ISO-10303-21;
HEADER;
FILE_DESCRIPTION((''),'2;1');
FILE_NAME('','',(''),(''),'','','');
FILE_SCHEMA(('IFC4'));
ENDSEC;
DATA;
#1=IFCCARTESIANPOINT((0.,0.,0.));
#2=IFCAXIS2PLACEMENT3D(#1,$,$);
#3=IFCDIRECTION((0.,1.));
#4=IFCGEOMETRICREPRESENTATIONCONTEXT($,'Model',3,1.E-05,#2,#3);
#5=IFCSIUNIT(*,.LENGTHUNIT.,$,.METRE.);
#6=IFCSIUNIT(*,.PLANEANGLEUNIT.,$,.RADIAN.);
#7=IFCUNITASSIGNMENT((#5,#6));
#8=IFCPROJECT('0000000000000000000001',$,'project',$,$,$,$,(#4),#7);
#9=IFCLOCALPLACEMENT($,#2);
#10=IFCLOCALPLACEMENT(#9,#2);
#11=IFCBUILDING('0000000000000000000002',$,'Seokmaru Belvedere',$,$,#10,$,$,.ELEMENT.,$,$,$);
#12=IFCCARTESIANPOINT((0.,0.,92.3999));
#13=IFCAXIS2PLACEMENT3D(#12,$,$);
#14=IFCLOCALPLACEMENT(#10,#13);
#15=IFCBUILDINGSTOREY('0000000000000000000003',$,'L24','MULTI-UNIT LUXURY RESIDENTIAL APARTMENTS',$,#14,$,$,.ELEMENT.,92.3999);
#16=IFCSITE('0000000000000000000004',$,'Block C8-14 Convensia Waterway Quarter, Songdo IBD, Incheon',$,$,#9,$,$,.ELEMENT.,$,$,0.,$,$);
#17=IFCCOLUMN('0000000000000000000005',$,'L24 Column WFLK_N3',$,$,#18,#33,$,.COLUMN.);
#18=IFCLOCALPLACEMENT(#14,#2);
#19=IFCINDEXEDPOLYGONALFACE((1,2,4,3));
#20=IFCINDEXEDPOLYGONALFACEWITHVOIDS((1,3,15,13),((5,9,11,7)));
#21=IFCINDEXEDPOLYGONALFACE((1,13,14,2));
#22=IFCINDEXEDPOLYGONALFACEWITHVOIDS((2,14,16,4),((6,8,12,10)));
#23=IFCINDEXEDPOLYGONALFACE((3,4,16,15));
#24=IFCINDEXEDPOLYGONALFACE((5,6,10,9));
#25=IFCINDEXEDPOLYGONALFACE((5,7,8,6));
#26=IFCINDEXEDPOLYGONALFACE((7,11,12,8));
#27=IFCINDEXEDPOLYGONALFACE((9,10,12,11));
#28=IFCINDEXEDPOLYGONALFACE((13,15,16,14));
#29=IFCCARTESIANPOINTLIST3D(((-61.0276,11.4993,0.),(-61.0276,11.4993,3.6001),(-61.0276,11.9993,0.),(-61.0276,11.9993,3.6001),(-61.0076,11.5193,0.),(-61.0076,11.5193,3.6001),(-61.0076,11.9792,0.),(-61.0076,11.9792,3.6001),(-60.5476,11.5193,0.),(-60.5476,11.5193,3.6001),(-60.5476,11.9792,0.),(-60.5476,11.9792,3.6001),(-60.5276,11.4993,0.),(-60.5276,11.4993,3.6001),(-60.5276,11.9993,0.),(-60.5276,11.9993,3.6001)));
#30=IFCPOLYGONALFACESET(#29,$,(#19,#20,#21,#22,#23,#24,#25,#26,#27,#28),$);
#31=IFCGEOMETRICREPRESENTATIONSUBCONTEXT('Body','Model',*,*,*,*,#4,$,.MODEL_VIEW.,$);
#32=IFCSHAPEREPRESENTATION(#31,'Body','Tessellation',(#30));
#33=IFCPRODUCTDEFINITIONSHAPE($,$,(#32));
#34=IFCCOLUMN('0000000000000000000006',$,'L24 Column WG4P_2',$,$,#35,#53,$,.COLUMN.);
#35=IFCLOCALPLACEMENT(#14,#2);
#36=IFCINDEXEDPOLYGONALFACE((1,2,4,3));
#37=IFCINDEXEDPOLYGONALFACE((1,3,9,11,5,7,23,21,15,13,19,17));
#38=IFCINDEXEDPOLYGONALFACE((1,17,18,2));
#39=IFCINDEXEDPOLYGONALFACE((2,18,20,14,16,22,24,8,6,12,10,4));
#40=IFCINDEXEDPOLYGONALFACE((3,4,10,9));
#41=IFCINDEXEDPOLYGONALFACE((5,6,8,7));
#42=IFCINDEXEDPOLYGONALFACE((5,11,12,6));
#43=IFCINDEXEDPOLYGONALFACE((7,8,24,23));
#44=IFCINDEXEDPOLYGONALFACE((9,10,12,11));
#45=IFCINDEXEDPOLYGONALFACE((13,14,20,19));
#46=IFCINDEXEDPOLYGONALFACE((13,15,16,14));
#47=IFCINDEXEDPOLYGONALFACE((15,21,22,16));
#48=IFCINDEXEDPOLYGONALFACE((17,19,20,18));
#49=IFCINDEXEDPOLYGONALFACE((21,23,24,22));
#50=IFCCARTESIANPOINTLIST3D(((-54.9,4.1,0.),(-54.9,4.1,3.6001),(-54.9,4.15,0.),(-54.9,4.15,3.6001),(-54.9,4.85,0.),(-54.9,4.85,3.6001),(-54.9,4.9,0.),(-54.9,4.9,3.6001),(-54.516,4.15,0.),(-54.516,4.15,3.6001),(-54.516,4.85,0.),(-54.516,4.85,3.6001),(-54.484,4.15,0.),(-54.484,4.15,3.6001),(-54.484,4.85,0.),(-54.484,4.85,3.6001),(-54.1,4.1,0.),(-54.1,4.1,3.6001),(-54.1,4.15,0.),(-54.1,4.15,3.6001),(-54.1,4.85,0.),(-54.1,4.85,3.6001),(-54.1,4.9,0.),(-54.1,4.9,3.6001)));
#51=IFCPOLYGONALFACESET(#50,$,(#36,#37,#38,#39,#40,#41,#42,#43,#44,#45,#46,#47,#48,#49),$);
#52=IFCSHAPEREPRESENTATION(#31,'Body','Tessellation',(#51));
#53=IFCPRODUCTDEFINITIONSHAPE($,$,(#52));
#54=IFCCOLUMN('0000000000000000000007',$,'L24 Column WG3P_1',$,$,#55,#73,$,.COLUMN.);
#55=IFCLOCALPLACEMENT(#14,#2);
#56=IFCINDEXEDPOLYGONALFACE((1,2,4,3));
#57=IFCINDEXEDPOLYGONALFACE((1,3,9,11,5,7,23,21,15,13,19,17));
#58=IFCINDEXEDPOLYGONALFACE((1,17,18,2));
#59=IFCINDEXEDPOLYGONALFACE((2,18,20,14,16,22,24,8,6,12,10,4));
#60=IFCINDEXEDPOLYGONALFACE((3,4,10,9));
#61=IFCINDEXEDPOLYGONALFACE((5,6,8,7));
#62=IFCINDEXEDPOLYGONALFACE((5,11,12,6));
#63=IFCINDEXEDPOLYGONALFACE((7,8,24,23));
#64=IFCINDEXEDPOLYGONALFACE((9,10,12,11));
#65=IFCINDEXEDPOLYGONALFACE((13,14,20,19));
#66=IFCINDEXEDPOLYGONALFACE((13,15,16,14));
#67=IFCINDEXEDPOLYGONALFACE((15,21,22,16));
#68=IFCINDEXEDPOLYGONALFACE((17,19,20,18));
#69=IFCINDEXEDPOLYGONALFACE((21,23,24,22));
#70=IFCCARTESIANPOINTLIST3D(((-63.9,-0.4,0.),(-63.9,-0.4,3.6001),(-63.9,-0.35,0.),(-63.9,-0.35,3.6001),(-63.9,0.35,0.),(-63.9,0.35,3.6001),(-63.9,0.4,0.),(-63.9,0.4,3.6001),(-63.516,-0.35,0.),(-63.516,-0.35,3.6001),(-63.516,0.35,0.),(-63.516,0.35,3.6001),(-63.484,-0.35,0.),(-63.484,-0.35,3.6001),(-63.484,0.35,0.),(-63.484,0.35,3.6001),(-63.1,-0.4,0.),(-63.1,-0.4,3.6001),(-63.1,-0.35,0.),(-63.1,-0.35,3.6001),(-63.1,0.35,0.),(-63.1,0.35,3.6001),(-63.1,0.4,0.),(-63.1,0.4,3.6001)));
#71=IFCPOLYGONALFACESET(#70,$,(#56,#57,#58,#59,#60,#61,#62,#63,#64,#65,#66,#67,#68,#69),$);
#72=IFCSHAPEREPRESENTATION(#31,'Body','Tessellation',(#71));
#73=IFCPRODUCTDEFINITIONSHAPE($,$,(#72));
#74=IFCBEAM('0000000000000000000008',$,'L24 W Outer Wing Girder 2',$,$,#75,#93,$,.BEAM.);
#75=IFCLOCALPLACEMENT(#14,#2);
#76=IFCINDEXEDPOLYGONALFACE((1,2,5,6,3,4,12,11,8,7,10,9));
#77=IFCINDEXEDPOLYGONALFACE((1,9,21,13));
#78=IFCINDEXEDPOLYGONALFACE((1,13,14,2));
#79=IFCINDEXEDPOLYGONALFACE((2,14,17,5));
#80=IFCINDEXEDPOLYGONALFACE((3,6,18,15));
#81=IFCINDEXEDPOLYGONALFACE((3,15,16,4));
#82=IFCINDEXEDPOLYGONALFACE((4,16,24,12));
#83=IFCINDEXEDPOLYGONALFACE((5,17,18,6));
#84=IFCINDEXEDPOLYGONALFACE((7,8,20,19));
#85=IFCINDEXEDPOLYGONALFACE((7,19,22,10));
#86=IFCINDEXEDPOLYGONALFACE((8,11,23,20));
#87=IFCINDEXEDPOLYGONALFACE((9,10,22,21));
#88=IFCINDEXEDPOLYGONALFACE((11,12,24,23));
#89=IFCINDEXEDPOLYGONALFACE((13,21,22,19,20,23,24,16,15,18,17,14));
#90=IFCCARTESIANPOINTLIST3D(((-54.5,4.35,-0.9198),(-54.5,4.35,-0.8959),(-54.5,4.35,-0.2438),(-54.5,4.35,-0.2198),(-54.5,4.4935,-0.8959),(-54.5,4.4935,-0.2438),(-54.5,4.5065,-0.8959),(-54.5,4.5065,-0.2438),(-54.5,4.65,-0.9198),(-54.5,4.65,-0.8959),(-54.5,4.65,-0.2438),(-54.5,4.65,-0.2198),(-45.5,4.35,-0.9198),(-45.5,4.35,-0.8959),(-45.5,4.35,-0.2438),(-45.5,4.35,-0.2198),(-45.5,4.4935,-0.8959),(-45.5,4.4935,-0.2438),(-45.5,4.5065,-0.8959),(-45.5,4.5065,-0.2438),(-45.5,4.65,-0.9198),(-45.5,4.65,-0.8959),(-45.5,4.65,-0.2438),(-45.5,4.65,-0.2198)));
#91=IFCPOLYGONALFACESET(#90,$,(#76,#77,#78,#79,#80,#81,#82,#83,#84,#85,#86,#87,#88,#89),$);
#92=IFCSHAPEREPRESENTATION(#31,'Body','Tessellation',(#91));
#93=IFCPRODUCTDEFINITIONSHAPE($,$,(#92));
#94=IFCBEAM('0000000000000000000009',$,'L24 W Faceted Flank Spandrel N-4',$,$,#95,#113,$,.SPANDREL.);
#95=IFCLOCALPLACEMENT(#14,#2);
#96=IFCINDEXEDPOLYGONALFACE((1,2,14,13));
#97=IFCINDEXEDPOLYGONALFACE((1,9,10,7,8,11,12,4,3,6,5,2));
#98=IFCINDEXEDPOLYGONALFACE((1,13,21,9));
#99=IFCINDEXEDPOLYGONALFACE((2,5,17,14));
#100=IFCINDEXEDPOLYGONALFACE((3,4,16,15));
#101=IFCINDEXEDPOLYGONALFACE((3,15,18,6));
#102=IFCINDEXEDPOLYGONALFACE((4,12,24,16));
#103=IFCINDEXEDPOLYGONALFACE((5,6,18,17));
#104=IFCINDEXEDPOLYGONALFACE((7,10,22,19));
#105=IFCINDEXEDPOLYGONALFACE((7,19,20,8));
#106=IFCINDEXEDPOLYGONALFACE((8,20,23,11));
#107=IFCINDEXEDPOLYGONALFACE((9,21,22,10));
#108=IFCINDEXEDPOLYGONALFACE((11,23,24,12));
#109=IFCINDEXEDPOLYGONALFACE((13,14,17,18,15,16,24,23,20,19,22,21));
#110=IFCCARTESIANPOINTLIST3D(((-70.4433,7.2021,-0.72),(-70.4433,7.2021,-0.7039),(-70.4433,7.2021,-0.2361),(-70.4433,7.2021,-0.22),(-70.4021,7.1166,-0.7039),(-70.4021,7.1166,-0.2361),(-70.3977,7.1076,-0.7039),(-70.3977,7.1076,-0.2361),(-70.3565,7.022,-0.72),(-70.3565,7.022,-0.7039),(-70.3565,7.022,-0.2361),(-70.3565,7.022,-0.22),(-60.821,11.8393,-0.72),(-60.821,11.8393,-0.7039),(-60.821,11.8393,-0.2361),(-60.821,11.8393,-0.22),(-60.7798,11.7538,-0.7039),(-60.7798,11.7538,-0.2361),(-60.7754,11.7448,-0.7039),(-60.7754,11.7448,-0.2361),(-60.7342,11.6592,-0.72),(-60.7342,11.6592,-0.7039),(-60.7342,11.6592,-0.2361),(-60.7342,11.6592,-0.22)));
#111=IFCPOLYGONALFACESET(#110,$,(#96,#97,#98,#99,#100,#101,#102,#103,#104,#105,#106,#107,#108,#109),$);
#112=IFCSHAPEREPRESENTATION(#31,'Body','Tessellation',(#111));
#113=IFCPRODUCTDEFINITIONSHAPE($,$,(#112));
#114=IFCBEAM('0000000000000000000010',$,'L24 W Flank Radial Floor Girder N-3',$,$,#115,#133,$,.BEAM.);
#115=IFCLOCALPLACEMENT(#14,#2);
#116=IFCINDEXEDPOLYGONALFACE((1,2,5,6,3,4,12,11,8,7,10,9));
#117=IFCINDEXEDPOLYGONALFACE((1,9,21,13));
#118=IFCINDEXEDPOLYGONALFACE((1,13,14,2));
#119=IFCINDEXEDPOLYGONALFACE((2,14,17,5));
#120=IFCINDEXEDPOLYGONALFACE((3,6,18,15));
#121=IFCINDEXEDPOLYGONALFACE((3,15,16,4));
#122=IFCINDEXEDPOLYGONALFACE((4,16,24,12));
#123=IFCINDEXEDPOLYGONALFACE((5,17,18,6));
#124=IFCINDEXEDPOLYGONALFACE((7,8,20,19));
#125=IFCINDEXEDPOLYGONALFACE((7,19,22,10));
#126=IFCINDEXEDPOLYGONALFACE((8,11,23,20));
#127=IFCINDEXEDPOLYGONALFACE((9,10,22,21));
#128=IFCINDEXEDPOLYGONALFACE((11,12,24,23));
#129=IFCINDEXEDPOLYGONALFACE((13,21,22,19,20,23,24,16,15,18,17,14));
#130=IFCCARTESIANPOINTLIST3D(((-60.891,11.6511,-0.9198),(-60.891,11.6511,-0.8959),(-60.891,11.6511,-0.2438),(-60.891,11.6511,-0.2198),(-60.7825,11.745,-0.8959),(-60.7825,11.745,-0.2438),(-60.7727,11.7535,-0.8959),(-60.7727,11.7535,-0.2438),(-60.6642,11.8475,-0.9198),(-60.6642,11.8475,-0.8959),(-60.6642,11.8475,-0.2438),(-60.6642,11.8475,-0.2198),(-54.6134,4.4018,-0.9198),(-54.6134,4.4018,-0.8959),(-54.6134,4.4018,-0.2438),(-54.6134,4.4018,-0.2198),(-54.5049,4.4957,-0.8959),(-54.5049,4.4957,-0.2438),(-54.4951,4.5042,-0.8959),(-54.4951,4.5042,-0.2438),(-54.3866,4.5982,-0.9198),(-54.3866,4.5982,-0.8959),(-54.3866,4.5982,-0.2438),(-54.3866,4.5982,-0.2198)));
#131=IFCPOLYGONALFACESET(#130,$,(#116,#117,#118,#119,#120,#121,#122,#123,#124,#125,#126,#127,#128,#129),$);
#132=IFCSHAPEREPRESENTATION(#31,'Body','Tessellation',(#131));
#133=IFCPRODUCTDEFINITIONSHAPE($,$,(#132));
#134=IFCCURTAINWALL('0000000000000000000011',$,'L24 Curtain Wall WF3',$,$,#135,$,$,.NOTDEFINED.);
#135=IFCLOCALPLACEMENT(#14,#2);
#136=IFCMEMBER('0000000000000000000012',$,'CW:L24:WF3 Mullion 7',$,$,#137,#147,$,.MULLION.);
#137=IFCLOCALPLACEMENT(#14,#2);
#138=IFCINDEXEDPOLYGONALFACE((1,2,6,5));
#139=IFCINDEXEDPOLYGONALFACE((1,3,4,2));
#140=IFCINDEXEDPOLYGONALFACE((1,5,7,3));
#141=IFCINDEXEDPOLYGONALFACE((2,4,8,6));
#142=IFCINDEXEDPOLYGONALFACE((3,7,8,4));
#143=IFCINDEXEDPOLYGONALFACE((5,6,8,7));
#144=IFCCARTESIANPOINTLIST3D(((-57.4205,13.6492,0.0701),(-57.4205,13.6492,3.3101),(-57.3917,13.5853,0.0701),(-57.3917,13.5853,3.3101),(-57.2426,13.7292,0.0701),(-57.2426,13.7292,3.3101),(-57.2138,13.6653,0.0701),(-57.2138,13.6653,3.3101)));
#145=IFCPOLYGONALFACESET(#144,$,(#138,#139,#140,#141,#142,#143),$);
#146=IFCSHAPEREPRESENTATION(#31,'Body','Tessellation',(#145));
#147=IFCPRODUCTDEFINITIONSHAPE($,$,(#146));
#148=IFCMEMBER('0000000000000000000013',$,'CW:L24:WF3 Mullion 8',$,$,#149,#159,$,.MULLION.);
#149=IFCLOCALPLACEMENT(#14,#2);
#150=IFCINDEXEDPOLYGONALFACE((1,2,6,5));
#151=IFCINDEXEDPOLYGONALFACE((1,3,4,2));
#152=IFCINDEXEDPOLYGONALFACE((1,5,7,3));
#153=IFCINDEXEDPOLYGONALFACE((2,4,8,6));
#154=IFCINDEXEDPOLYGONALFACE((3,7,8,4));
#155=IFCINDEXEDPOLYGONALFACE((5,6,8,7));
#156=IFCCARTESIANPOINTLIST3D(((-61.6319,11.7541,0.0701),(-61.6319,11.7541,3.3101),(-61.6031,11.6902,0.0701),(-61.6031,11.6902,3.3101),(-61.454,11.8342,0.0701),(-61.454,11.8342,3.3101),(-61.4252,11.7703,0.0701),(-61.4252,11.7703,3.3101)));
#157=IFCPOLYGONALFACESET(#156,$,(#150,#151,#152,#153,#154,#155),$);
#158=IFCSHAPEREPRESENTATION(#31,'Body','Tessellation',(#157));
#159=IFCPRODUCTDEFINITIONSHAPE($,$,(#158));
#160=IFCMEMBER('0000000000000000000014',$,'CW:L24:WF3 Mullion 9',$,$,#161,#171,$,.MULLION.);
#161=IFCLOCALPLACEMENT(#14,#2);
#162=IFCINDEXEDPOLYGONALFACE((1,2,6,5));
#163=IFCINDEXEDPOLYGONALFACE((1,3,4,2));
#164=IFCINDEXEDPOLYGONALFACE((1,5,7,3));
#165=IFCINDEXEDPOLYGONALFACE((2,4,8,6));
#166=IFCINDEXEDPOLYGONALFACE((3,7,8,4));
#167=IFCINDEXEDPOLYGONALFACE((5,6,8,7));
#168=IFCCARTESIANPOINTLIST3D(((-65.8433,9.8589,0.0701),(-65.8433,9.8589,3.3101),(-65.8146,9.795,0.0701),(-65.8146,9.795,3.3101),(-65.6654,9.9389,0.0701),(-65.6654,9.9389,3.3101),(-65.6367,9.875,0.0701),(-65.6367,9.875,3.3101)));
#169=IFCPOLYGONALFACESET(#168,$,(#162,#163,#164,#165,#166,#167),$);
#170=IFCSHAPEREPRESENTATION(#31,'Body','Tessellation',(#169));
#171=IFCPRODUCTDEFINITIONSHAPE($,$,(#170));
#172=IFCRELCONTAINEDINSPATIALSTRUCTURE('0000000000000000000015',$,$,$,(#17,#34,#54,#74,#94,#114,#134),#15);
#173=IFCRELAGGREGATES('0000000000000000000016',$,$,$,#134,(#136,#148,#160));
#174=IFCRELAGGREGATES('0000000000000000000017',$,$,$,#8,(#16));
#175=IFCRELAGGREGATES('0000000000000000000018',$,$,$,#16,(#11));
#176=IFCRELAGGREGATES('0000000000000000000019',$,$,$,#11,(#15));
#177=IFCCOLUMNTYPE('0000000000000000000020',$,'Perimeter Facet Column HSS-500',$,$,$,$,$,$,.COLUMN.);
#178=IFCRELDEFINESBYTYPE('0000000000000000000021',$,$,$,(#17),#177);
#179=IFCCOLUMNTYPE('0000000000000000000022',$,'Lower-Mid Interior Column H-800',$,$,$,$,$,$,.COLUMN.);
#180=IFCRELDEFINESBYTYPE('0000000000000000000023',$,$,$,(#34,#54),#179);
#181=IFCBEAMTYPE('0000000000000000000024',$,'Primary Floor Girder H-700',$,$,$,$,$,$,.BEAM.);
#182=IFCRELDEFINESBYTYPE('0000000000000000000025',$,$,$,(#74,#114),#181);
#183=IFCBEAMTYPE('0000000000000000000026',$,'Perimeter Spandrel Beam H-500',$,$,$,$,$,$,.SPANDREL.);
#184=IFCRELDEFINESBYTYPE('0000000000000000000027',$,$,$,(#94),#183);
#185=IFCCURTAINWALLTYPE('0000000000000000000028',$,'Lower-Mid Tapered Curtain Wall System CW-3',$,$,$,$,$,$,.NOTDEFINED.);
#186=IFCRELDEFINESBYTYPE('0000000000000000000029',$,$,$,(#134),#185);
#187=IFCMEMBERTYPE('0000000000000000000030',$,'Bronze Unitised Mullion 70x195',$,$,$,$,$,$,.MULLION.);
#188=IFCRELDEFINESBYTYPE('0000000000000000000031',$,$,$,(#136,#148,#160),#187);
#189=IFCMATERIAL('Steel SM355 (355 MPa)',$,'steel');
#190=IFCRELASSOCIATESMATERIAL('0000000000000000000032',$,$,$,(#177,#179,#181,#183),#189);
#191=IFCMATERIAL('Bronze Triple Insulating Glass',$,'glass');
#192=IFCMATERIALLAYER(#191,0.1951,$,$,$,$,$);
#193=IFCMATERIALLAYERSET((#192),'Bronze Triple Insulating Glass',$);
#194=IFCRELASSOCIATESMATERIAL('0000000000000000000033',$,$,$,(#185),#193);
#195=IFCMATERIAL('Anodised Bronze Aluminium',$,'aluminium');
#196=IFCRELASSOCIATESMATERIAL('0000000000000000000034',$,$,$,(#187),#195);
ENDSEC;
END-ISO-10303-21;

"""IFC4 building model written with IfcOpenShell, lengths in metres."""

from ifc_helpers import new_model, si_unit, direction, frame, origin, origin_2d, place, context, subcontext, project, spatial, rectangle, hollow_rectangle, i_section, extrude, source, transform, mapped, material, layer, layer_set, material_profile, profile_set, type_object, type_shapes, element, aggregate, save


model = new_model("IFC4")

# Units and contexts
model_context = context("Model", 3, precision=1e-05, world=origin(), true_north=direction((0.0, 1.0)))
body_context = subcontext(model_context, "Body", "Model", "MODEL_VIEW")
ifc_project = project(units=[si_unit("LENGTHUNIT", "METRE"), si_unit("PLANEANGLEUNIT", "RADIAN")], contexts=[model_context])

# Site, building, storey
site_placement = place(None, origin())
site = spatial("IfcSite", under=ifc_project, at=site_placement, Name="Block C8-14 Convensia Waterway Quarter, Songdo IBD, Incheon", CompositionType="ELEMENT", RefElevation=0.0)
building_placement = place(site_placement, origin())
building = spatial("IfcBuilding", under=site, at=building_placement, Name="Seokmaru Belvedere", CompositionType="ELEMENT")
storey_placement = place(building_placement, frame((0.0, 0.0, 92.3999)))
storey = spatial("IfcBuildingStorey", under=building, at=storey_placement, Name="L24", Description="MULTI-UNIT LUXURY RESIDENTIAL APARTMENTS", CompositionType="ELEMENT", Elevation=92.3999)

# Columns
ifc_material_1 = material(Name="Steel SM355 (355 MPa)", Category="steel")
ifc_material_profile_1 = material_profile(ifc_material_1, hollow_rectangle(XDim=0.5, YDim=0.5, WallThickness=0.02, at=origin_2d()), Name="HSS-500x500x20")
ifc_profile_set_1 = profile_set([ifc_material_profile_1], Name="Steel SM355 (355 MPa)")
column_type_1 = type_object("IfcColumnType", Name="Perimeter Facet Column HSS-500", PredefinedType="COLUMN", material=ifc_profile_set_1)
shared_shape_1 = source(origin(), body_context, "Body", "SweptSolid", [
    extrude(hollow_rectangle(XDim=0.5, YDim=0.5, WallThickness=0.02, at=origin_2d()), origin(), (0.0, 0.0, 1.0), 3.6001),
])
type_shapes(column_type_1, [shared_shape_1])
column_placement = place(storey_placement, frame((-60.7776, 11.7493, 0.0), z_axis=(0.0, 0.0, 1.0), x_axis=(1.0, 0.0, 0.0)))
element("IfcColumn", 1, at=column_placement, inside=storey, type_object=column_type_1, Name="L24 Column WFLK_N3", PredefinedType="COLUMN", context=body_context, shape_type="MappedRepresentation", body=[
    mapped(shared_shape_1, transform((0.0, 0.0, 0.0), scale=1.0)),
])
ifc_material_profile_2 = material_profile(ifc_material_1, i_section(OverallWidth=0.8, OverallDepth=0.8, WebThickness=0.032, FlangeThickness=0.05, at=origin_2d()), Name="H-800x800x32x50")
ifc_profile_set_2 = profile_set([ifc_material_profile_2], Name="Steel SM355 (355 MPa)")
column_type_2 = type_object("IfcColumnType", Name="Lower-Mid Interior Column H-800", PredefinedType="COLUMN", material=ifc_profile_set_2)
shared_shape_2 = source(origin(), body_context, "Body", "SweptSolid", [
    extrude(i_section(OverallWidth=0.8, OverallDepth=0.8, WebThickness=0.032, FlangeThickness=0.05, at=origin_2d()), origin(), (0.0, 0.0, 1.0), 3.6001),
])
type_shapes(column_type_2, [shared_shape_2])
for number, where, z_axis, x_axis, name in (
    (2, (-54.5, 4.5, 0.0), (0.0, 0.0, 1.0), (1.0, 0.0, 0.0), "L24 Column WG4P_2"),
    (3, (-63.5, 0.0, 0.0), (0.0, 0.0, 1.0), (1.0, 0.0, 0.0), "L24 Column WG3P_1"),
):
    element("IfcColumn", number, at=place(storey_placement, frame(where, z_axis=z_axis, x_axis=x_axis)), inside=storey, type_object=column_type_2, Name=name, PredefinedType="COLUMN", context=body_context, shape_type="MappedRepresentation", body=[
        mapped(shared_shape_2, transform((0.0, 0.0, 0.0), scale=1.0)),
    ])

# Beams
ifc_material_profile_3 = material_profile(ifc_material_1, i_section(OverallWidth=0.3, OverallDepth=0.7, WebThickness=0.0129, FlangeThickness=0.0239, at=origin_2d()), Name="H-700x300x13x24")
ifc_profile_set_3 = profile_set([ifc_material_profile_3], Name="Steel SM355 (355 MPa)")
beam_type_1 = type_object("IfcBeamType", Name="Primary Floor Girder H-700", PredefinedType="BEAM", material=ifc_profile_set_3)
shared_shape_3 = source(origin(), body_context, "Body", "SweptSolid", [
    extrude(i_section(OverallWidth=0.3, OverallDepth=0.7, WebThickness=0.0129, FlangeThickness=0.0239, at=origin_2d()), origin(), (0.0, 0.0, 1.0), 9.0),
])
beam_1_placement = place(storey_placement, frame((-54.5, 4.5, -0.5698), z_axis=(1.0, 0.0, 0.0), x_axis=(0.0, 1.0, 0.0)))
element("IfcBeam", 4, at=beam_1_placement, inside=storey, type_object=beam_type_1, Name="L24 W Outer Wing Girder 2", PredefinedType="BEAM", context=body_context, shape_type="MappedRepresentation", body=[
    mapped(shared_shape_3, transform((0.0, 0.0, 0.0), scale=1.0)),
])
ifc_material_profile_4 = material_profile(ifc_material_1, i_section(OverallWidth=0.2, OverallDepth=0.5, WebThickness=0.01, FlangeThickness=0.0161, at=origin_2d()), Name="H-500x200x10x16")
ifc_profile_set_4 = profile_set([ifc_material_profile_4], Name="Steel SM355 (355 MPa)")
beam_type_2 = type_object("IfcBeamType", Name="Perimeter Spandrel Beam H-500", PredefinedType="SPANDREL", material=ifc_profile_set_4)
shared_shape_4 = source(origin(), body_context, "Body", "SweptSolid", [
    extrude(i_section(OverallWidth=0.2, OverallDepth=0.5, WebThickness=0.01, FlangeThickness=0.0161, at=origin_2d()), origin(), (0.0, 0.0, 1.0), 10.6814),
])
type_shapes(beam_type_2, [shared_shape_4])
beam_2_placement = place(storey_placement, frame((-60.7776, 11.7493, -0.47), z_axis=(-0.900846, -0.434138, 0.0), x_axis=(0.434138, -0.900846, 0.0)))
element("IfcBeam", 5, at=beam_2_placement, inside=storey, type_object=beam_type_2, Name="L24 W Faceted Flank Spandrel N-4", PredefinedType="SPANDREL", context=body_context, shape_type="MappedRepresentation", body=[
    mapped(shared_shape_4, transform((0.0, 0.0, 0.0), scale=1.0)),
])
shared_shape_5 = source(origin(), body_context, "Body", "SweptSolid", [
    extrude(i_section(OverallWidth=0.3, OverallDepth=0.7, WebThickness=0.0129, FlangeThickness=0.0239, at=origin_2d()), origin(), (0.0, 0.0, 1.0), 9.5896),
])
type_shapes(beam_type_1, [shared_shape_3, shared_shape_5])
beam_3_placement = place(storey_placement, frame((-60.7776, 11.7493, -0.5698), z_axis=(0.654626, -0.755953, 0.0), x_axis=(0.755953, 0.654626, 0.0)))
element("IfcBeam", 6, at=beam_3_placement, inside=storey, type_object=beam_type_1, Name="L24 W Flank Radial Floor Girder N-3", PredefinedType="BEAM", context=body_context, shape_type="MappedRepresentation", body=[
    mapped(shared_shape_5, transform((0.0, 0.0, 0.0), scale=1.0)),
])

# Curtain wall, members
ifc_material_2 = material(Name="Bronze Triple Insulating Glass", Category="glass")
ifc_layer_1 = layer(ifc_material_2, 0.1951)
ifc_layer_set_1 = layer_set([ifc_layer_1], Name="Bronze Triple Insulating Glass")
curtain_wall_type = type_object("IfcCurtainWallType", Name="Lower-Mid Tapered Curtain Wall System CW-3", PredefinedType="NOTDEFINED", material=ifc_layer_set_1)
curtain_wall_placement = place(storey_placement, origin())
curtain_wall = element("IfcCurtainWall", 7, at=curtain_wall_placement, inside=storey, type_object=curtain_wall_type, Name="L24 Curtain Wall WF3", PredefinedType="NOTDEFINED")
ifc_material_3 = material(Name="Anodised Bronze Aluminium", Category="aluminium")
ifc_material_profile_5 = material_profile(ifc_material_3, rectangle(XDim=0.0701, YDim=0.1951, at=origin_2d()), Name="CW-M-70x195")
ifc_profile_set_5 = profile_set([ifc_material_profile_5], Name="Anodised Bronze Aluminium")
member_type = type_object("IfcMemberType", Name="Bronze Unitised Mullion 70x195", PredefinedType="MULLION", material=ifc_profile_set_5)
shared_shape_6 = source(origin(), body_context, "Body", "SweptSolid", [
    extrude(rectangle(XDim=0.0701, YDim=0.1951, at=origin_2d()), origin(), (0.0, 0.0, 1.0), 3.24),
])
member_1_placement = place(storey_placement, frame((-57.3171, 13.6572, 0.0701), z_axis=(0.0, 0.0, 1.0), x_axis=(0.410366, -0.911921, 0.0)))
member_1 = element("IfcMember", 8, at=member_1_placement, type_object=member_type, Name="CW:L24:WF3 Mullion 7", PredefinedType="MULLION", context=body_context, shape_type="MappedRepresentation", body=[
    mapped(shared_shape_6, transform((0.0, 0.0, 0.0), scale=1.0)),
])
member_2_placement = place(storey_placement, frame((-61.5286, 11.7622, 0.0701), z_axis=(0.0, 0.0, 1.0), x_axis=(0.410366, -0.911921, 0.0)))
member_2 = element("IfcMember", 9, at=member_2_placement, type_object=member_type, Name="CW:L24:WF3 Mullion 8", PredefinedType="MULLION", context=body_context, shape_type="MappedRepresentation", body=[
    mapped(shared_shape_6, transform((0.0, 0.0, 0.0), scale=1.0)),
])
member_3_placement = place(storey_placement, frame((-65.74, 9.8669, 0.0701), z_axis=(0.0, 0.0, 1.0), x_axis=(0.410366, -0.911921, 0.0)))
member_3 = element("IfcMember", 10, at=member_3_placement, type_object=member_type, Name="CW:L24:WF3 Mullion 9", PredefinedType="MULLION", context=body_context, shape_type="MappedRepresentation", body=[
    mapped(shared_shape_6, transform((0.0, 0.0, 0.0), scale=1.0)),
])
aggregate(curtain_wall, [member_1, member_2, member_3])

save(model, "model.ifc")
